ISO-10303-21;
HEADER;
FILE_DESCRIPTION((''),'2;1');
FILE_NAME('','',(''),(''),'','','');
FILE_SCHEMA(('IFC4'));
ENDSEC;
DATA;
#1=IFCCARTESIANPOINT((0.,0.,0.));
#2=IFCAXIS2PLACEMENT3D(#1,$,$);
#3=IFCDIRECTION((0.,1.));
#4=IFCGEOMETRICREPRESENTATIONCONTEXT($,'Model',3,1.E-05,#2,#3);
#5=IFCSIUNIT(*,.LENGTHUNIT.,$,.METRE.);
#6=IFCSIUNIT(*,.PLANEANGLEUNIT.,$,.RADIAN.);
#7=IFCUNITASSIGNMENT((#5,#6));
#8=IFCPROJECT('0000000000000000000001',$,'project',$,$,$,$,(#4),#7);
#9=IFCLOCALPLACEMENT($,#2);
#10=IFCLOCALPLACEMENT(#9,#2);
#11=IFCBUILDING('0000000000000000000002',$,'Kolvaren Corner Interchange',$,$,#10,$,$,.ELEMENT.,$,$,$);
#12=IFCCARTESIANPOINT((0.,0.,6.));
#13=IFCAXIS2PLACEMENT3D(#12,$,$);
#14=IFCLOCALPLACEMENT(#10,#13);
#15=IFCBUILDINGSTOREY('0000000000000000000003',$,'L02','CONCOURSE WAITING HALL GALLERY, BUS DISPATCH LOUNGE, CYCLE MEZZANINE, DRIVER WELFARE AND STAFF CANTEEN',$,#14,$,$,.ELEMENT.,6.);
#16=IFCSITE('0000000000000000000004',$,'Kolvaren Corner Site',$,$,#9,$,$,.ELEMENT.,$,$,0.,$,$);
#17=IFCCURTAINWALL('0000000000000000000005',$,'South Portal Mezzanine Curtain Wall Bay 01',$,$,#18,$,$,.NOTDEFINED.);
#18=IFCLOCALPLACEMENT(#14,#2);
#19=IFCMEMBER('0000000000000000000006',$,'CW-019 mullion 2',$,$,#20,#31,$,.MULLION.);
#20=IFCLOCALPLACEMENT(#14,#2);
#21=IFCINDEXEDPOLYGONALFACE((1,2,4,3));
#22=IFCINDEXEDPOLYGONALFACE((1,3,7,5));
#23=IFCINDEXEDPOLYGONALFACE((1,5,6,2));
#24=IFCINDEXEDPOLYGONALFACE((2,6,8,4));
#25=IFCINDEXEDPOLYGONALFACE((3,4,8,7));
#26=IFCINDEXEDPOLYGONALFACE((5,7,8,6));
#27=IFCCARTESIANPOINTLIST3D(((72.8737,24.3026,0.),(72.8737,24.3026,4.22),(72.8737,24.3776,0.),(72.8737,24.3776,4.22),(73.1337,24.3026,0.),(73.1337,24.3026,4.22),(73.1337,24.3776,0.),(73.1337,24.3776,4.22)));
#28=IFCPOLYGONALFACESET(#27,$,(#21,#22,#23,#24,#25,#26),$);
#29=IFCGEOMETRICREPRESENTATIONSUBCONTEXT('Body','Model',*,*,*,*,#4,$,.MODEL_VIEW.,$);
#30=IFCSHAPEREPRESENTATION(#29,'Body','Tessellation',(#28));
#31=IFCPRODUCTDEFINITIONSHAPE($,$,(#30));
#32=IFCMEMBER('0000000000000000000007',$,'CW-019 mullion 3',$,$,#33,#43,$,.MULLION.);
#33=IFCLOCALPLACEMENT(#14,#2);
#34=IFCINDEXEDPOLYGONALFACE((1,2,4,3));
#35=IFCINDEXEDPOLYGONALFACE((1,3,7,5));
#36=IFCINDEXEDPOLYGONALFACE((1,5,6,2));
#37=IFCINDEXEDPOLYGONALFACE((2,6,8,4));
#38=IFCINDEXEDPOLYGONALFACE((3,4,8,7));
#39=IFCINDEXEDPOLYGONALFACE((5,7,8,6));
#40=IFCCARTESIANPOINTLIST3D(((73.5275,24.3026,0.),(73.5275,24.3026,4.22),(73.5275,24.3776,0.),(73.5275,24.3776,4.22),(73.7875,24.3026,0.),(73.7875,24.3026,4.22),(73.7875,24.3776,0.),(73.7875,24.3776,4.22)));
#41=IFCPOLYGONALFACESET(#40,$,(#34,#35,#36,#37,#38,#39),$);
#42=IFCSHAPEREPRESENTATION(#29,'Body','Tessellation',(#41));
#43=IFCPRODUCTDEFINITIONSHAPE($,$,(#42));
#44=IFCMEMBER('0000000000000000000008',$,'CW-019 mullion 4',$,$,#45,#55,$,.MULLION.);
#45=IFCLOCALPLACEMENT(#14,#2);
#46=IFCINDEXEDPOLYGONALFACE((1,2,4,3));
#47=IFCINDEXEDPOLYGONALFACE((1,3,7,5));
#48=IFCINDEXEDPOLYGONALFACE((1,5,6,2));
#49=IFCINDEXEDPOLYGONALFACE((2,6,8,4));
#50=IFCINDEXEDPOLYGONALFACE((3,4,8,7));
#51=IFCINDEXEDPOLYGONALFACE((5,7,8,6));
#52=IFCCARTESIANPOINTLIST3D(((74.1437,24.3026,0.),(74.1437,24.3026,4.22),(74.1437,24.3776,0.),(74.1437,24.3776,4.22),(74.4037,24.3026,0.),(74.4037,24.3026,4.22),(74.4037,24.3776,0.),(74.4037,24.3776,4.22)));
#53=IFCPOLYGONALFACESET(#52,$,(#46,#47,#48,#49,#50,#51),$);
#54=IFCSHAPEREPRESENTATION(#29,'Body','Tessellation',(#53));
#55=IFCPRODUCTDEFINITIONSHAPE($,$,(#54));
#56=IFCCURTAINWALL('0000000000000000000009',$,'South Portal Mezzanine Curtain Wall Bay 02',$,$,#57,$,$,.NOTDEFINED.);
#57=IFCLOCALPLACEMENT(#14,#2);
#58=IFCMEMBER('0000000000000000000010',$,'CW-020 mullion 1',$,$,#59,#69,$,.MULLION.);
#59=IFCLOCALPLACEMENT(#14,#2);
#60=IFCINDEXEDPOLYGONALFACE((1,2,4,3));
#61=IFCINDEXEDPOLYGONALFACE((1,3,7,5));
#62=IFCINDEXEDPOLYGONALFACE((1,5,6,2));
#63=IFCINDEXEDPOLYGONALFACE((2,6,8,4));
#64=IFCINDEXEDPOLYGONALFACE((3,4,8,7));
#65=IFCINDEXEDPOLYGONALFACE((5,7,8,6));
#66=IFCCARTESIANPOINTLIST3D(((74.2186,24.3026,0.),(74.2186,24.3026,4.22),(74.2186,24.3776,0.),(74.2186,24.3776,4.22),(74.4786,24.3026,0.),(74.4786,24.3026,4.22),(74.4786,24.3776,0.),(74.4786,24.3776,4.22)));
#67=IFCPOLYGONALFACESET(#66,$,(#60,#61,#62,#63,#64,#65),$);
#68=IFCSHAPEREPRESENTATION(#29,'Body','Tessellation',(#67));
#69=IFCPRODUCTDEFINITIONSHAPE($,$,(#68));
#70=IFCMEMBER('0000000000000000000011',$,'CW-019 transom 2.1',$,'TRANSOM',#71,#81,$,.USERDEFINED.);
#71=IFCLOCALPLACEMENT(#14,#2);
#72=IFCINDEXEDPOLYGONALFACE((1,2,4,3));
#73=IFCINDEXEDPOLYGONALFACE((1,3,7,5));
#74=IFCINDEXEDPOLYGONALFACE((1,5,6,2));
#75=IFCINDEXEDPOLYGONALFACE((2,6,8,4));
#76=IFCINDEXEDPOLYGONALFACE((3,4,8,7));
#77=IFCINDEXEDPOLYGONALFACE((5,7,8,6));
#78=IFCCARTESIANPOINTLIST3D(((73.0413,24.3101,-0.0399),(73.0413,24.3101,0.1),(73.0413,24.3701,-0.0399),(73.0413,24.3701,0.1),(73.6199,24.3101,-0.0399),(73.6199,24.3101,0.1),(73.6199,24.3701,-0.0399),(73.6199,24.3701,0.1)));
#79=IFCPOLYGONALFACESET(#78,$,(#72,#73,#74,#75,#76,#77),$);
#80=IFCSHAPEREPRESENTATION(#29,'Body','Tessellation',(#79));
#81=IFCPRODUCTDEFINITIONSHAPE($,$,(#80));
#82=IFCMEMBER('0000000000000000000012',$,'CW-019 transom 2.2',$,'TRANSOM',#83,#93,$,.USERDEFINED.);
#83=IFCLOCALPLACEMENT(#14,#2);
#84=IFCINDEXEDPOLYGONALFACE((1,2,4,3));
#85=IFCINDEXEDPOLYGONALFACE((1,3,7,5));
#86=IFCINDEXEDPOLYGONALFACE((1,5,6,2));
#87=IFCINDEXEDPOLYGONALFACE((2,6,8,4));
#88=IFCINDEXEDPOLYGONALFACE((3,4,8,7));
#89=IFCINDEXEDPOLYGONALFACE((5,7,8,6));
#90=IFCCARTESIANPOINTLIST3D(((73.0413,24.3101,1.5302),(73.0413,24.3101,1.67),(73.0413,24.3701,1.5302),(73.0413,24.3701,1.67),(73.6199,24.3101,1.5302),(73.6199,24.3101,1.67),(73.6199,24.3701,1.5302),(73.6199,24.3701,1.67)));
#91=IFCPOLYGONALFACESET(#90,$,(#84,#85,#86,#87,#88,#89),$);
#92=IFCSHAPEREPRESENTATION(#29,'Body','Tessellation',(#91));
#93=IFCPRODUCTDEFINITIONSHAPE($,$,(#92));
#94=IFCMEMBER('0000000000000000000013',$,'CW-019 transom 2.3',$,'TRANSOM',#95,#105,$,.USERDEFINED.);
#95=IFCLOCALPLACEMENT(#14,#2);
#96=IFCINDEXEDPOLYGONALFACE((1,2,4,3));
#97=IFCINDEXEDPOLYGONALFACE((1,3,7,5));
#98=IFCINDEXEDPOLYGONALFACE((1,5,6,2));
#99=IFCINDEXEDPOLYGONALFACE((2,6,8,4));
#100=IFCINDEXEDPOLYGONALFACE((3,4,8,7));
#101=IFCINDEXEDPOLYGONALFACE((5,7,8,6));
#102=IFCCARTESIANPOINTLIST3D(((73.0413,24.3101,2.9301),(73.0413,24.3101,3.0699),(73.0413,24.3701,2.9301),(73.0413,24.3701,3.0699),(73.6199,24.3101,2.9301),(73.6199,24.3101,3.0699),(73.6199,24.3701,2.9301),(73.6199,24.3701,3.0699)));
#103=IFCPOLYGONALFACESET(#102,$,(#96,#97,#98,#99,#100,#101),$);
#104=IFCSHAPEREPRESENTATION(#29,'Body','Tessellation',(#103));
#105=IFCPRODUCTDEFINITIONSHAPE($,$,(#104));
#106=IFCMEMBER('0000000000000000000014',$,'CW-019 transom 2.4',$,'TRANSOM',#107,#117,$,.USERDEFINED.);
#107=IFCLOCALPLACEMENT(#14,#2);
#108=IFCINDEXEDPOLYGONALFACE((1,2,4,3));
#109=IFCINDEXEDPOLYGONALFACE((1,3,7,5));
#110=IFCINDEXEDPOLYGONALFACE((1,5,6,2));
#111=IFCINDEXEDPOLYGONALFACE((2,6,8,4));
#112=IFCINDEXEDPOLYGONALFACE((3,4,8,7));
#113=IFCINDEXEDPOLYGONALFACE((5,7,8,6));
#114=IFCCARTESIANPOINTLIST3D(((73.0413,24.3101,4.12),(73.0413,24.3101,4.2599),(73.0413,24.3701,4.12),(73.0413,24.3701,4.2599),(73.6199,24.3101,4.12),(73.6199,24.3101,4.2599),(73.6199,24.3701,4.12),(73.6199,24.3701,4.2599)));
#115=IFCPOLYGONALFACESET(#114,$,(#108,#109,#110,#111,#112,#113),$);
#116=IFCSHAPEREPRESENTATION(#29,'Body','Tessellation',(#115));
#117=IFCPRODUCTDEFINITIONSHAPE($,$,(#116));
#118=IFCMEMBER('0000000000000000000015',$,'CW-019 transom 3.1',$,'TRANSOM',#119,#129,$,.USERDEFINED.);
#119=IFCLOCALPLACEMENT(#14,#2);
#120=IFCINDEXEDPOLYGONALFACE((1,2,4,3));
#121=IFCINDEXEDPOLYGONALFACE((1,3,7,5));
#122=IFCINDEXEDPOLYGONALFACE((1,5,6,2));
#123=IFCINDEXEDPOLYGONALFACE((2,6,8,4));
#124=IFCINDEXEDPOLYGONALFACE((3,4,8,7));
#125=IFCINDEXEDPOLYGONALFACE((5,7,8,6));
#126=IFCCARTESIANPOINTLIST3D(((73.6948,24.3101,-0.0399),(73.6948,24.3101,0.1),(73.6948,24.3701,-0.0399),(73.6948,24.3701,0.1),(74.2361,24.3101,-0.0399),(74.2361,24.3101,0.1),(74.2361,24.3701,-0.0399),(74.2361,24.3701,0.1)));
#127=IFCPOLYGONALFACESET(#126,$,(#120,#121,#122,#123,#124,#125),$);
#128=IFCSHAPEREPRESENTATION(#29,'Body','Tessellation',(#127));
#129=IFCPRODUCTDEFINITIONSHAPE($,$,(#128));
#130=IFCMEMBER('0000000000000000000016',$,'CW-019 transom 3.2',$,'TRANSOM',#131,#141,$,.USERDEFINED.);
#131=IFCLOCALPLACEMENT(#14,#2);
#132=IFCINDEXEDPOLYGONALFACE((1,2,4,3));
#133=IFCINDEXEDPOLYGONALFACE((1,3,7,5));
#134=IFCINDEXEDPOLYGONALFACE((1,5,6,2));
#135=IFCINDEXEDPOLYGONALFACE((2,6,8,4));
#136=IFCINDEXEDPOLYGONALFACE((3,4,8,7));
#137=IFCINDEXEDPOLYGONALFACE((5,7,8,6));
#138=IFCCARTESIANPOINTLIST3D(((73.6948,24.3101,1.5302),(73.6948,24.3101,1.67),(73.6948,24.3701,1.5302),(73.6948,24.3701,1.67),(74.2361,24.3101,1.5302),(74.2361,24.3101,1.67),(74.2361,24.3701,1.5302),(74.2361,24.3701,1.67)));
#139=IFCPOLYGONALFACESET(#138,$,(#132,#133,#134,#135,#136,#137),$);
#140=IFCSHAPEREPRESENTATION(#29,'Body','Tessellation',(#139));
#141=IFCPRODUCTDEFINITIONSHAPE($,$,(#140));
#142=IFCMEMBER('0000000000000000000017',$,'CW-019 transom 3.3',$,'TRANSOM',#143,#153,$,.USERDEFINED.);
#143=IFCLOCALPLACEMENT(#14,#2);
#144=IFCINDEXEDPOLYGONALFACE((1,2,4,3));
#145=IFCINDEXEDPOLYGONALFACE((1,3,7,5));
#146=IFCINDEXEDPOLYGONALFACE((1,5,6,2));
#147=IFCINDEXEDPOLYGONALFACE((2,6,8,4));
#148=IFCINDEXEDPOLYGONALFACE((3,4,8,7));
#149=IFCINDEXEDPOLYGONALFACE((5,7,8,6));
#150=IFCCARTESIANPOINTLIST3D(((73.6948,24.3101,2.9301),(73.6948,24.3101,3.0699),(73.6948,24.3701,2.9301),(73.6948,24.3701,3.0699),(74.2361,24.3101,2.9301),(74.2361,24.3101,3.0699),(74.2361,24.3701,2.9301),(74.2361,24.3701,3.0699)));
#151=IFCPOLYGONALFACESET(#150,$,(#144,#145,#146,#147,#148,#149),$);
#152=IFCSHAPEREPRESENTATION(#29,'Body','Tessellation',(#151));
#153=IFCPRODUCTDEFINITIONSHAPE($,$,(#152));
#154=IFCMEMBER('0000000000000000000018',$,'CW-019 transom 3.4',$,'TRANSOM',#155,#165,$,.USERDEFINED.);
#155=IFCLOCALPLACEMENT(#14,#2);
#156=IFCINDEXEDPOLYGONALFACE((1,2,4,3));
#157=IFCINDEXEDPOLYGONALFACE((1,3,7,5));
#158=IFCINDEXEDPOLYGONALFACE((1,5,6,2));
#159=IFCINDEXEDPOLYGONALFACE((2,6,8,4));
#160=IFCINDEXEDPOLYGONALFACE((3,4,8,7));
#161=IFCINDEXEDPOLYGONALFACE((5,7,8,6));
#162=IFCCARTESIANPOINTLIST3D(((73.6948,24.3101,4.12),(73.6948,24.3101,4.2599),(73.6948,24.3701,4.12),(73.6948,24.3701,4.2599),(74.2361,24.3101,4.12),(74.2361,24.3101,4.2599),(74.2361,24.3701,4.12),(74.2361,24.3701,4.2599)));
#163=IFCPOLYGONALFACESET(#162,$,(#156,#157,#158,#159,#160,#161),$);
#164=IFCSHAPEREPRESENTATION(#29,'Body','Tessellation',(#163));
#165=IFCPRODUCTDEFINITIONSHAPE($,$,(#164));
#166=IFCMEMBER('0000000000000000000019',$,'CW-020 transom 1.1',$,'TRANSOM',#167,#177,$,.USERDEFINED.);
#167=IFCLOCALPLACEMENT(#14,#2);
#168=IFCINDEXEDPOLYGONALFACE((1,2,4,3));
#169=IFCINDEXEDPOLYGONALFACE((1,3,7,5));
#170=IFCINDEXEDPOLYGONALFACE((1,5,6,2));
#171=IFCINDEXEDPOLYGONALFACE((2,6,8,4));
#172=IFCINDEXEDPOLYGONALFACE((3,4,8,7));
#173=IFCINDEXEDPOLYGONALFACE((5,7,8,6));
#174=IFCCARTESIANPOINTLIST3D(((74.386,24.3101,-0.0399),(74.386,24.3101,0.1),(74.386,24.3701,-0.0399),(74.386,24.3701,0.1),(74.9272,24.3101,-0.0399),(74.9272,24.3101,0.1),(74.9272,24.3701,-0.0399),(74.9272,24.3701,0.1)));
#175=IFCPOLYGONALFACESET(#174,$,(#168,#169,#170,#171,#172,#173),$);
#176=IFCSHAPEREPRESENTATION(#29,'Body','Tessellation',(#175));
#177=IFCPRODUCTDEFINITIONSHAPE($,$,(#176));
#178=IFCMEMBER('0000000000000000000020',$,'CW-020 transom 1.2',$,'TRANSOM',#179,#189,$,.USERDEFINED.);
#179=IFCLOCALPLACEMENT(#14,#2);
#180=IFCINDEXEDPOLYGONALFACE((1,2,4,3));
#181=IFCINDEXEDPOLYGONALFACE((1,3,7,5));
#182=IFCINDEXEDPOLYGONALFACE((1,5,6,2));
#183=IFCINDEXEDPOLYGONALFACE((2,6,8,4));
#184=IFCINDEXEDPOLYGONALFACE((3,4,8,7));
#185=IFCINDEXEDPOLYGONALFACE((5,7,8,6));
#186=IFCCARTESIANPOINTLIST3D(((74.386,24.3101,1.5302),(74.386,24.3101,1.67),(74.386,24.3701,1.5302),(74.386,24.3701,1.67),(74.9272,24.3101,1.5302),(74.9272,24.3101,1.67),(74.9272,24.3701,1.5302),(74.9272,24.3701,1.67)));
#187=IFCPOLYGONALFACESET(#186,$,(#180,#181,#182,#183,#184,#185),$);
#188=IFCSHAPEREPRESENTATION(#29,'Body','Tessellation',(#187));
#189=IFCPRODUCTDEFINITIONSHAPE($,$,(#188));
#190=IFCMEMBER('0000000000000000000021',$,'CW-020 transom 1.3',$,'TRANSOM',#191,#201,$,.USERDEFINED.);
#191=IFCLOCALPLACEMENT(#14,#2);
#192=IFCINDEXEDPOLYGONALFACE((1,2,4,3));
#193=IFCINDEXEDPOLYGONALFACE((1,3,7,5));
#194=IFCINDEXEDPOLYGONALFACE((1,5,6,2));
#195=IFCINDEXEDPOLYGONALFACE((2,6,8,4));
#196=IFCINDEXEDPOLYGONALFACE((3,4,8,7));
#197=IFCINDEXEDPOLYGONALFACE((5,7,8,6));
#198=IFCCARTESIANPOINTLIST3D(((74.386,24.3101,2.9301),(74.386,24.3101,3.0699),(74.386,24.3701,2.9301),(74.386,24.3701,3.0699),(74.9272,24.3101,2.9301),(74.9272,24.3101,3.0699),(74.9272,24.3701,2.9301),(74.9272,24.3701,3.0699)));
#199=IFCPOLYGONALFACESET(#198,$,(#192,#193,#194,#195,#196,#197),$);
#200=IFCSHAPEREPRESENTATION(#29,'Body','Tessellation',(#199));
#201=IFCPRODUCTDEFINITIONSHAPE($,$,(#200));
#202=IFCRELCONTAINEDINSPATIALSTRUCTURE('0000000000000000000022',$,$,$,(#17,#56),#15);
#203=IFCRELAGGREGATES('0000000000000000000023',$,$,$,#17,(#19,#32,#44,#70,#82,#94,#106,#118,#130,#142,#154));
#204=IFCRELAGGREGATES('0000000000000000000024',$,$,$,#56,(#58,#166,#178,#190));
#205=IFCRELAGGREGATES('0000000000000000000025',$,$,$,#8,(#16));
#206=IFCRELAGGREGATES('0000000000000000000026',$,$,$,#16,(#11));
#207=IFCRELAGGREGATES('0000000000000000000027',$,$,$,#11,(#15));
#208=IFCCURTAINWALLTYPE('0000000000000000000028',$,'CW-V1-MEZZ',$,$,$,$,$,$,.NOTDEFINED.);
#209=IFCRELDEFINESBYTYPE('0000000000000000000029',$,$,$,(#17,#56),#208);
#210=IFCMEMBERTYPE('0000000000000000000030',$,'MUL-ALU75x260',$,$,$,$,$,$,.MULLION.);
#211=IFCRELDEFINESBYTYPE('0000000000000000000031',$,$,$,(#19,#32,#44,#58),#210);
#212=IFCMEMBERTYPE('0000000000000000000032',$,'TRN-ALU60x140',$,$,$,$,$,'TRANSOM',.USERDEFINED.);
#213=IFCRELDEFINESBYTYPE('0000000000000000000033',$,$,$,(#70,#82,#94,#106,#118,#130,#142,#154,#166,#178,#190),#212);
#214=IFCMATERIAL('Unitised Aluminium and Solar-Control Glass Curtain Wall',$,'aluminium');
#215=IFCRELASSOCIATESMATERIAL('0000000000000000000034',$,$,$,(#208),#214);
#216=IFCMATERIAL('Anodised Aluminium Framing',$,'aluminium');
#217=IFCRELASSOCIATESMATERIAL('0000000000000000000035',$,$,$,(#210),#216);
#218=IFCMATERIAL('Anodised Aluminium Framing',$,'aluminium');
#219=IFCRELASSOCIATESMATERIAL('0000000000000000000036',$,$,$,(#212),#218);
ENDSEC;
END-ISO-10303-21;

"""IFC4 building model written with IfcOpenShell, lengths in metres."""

from ifc_helpers import new_model, si_unit, direction, frame, origin, origin_2d, place, context, subcontext, project, spatial, rectangle, extrude, material, material_profile, profile_set, type_object, element, aggregate, save


model = new_model("IFC4")

# Units and contexts
model_context = context("Model", 3, precision=1e-05, world=origin(), true_north=direction((0.0, 1.0)))
body_context = subcontext(model_context, "Body", "Model", "MODEL_VIEW")
ifc_project = project(units=[si_unit("LENGTHUNIT", "METRE"), si_unit("PLANEANGLEUNIT", "RADIAN")], contexts=[model_context])

# Site, building, storey
site_placement = place(None, origin())
site = spatial("IfcSite", under=ifc_project, at=site_placement, Name="Kolvaren Corner Site", CompositionType="ELEMENT", RefElevation=0.0)
building_placement = place(site_placement, origin())
building = spatial("IfcBuilding", under=site, at=building_placement, Name="Kolvaren Corner Interchange", CompositionType="ELEMENT")
storey_placement = place(building_placement, frame((0.0, 0.0, 6.0)))
storey = spatial("IfcBuildingStorey", under=building, at=storey_placement, Name="L02", Description="CONCOURSE WAITING HALL GALLERY, BUS DISPATCH LOUNGE, CYCLE MEZZANINE, DRIVER WELFARE AND STAFF CANTEEN", CompositionType="ELEMENT", Elevation=6.0)

# Curtain wall, members
ifc_material_1 = material(Name="Unitised Aluminium and Solar-Control Glass Curtain Wall", Category="aluminium")
curtain_wall_type = type_object("IfcCurtainWallType", Name="CW-V1-MEZZ", PredefinedType="NOTDEFINED", material=ifc_material_1)
curtain_wall_1_placement = place(storey_placement, origin())
curtain_wall_1 = element("IfcCurtainWall", 1, at=curtain_wall_1_placement, inside=storey, type_object=curtain_wall_type, Name="South Portal Mezzanine Curtain Wall Bay 01", PredefinedType="NOTDEFINED")
ifc_material_2 = material(Name="Anodised Aluminium Framing", Category="aluminium")
ifc_material_profile_1 = material_profile(ifc_material_2, rectangle(XDim=0.075, YDim=0.26, at=origin_2d()), Name="ALU 75x260")
ifc_profile_set_1 = profile_set([ifc_material_profile_1], Name="Anodised Aluminium Framing")
member_type_1 = type_object("IfcMemberType", Name="MUL-ALU75x260", PredefinedType="MULLION", material=ifc_profile_set_1)
member_1_placement = place(storey_placement, frame((73.0037, 24.3401, 0.0), z_axis=(0.0, 0.0, 1.0), x_axis=(0.0, 1.0, 0.0)))
member_1 = element("IfcMember", 2, at=member_1_placement, type_object=member_type_1, Name="CW-019 mullion 2", PredefinedType="MULLION", context=body_context, shape_type="SweptSolid", body=[
    extrude(rectangle(XDim=0.075, YDim=0.26, at=origin_2d()), origin(), (0.0, 0.0, 1.0), 4.22),
])
member_2_placement = place(storey_placement, frame((73.6575, 24.3401, 0.0), z_axis=(0.0, 0.0, 1.0), x_axis=(0.0, 1.0, 0.0)))
member_2 = element("IfcMember", 3, at=member_2_placement, type_object=member_type_1, Name="CW-019 mullion 3", PredefinedType="MULLION", context=body_context, shape_type="SweptSolid", body=[
    extrude(rectangle(XDim=0.075, YDim=0.26, at=origin_2d()), origin(), (0.0, 0.0, 1.0), 4.22),
])
member_3_placement = place(storey_placement, frame((74.2737, 24.3401, 0.0), z_axis=(0.0, 0.0, 1.0), x_axis=(0.0, 1.0, 0.0)))
member_3 = element("IfcMember", 4, at=member_3_placement, type_object=member_type_1, Name="CW-019 mullion 4", PredefinedType="MULLION", context=body_context, shape_type="SweptSolid", body=[
    extrude(rectangle(XDim=0.075, YDim=0.26, at=origin_2d()), origin(), (0.0, 0.0, 1.0), 4.22),
])

# Curtain wall, member
curtain_wall_2_placement = place(storey_placement, origin())
curtain_wall_2 = element("IfcCurtainWall", 5, at=curtain_wall_2_placement, inside=storey, type_object=curtain_wall_type, Name="South Portal Mezzanine Curtain Wall Bay 02", PredefinedType="NOTDEFINED")
member_4_placement = place(storey_placement, frame((74.3486, 24.3401, 0.0), z_axis=(0.0, 0.0, 1.0), x_axis=(0.0, 1.0, 0.0)))
member_4 = element("IfcMember", 6, at=member_4_placement, type_object=member_type_1, Name="CW-020 mullion 1", PredefinedType="MULLION", context=body_context, shape_type="SweptSolid", body=[
    extrude(rectangle(XDim=0.075, YDim=0.26, at=origin_2d()), origin(), (0.0, 0.0, 1.0), 4.22),
])

# Members
ifc_material_3 = material(Name="Anodised Aluminium Framing", Category="aluminium")
ifc_material_profile_2 = material_profile(ifc_material_3, rectangle(XDim=0.0601, YDim=0.1399, at=origin_2d()), Name="ALU 60x140")
ifc_profile_set_2 = profile_set([ifc_material_profile_2], Name="Anodised Aluminium Framing")
member_type_2 = type_object("IfcMemberType", Name="TRN-ALU60x140", ElementType="TRANSOM", PredefinedType="USERDEFINED", material=ifc_profile_set_2)
member_5_placement = place(storey_placement, frame((73.0413, 24.3401, 0.03), z_axis=(1.0, 0.0, 0.0), x_axis=(0.0, 1.0, 0.0)))
member_5 = element("IfcMember", 7, at=member_5_placement, type_object=member_type_2, Name="CW-019 transom 2.1", ObjectType="TRANSOM", PredefinedType="USERDEFINED", context=body_context, shape_type="SweptSolid", body=[
    extrude(rectangle(XDim=0.0601, YDim=0.1399, at=origin_2d()), origin(), (0.0, 0.0, 1.0), 0.5786),
])
member_6_placement = place(storey_placement, frame((73.0413, 24.3401, 1.6001), z_axis=(1.0, 0.0, 0.0), x_axis=(0.0, 1.0, 0.0)))
member_6 = element("IfcMember", 8, at=member_6_placement, type_object=member_type_2, Name="CW-019 transom 2.2", ObjectType="TRANSOM", PredefinedType="USERDEFINED", context=body_context, shape_type="SweptSolid", body=[
    extrude(rectangle(XDim=0.0601, YDim=0.1399, at=origin_2d()), origin(), (0.0, 0.0, 1.0), 0.5786),
])
member_7_placement = place(storey_placement, frame((73.0413, 24.3401, 3.0), z_axis=(1.0, 0.0, 0.0), x_axis=(0.0, 1.0, 0.0)))
member_7 = element("IfcMember", 9, at=member_7_placement, type_object=member_type_2, Name="CW-019 transom 2.3", ObjectType="TRANSOM", PredefinedType="USERDEFINED", context=body_context, shape_type="SweptSolid", body=[
    extrude(rectangle(XDim=0.0601, YDim=0.1399, at=origin_2d()), origin(), (0.0, 0.0, 1.0), 0.5786),
])
member_8_placement = place(storey_placement, frame((73.0413, 24.3401, 4.1899), z_axis=(1.0, 0.0, 0.0), x_axis=(0.0, 1.0, 0.0)))
member_8 = element("IfcMember", 10, at=member_8_placement, type_object=member_type_2, Name="CW-019 transom 2.4", ObjectType="TRANSOM", PredefinedType="USERDEFINED", context=body_context, shape_type="SweptSolid", body=[
    extrude(rectangle(XDim=0.0601, YDim=0.1399, at=origin_2d()), origin(), (0.0, 0.0, 1.0), 0.5786),
])
member_9_placement = place(storey_placement, frame((73.6948, 24.3401, 0.03), z_axis=(1.0, 0.0, 0.0), x_axis=(0.0, 1.0, 0.0)))
member_9 = element("IfcMember", 11, at=member_9_placement, type_object=member_type_2, Name="CW-019 transom 3.1", ObjectType="TRANSOM", PredefinedType="USERDEFINED", context=body_context, shape_type="SweptSolid", body=[
    extrude(rectangle(XDim=0.0601, YDim=0.1399, at=origin_2d()), origin(), (0.0, 0.0, 1.0), 0.5413),
])
member_10_placement = place(storey_placement, frame((73.6948, 24.3401, 1.6001), z_axis=(1.0, 0.0, 0.0), x_axis=(0.0, 1.0, 0.0)))
member_10 = element("IfcMember", 12, at=member_10_placement, type_object=member_type_2, Name="CW-019 transom 3.2", ObjectType="TRANSOM", PredefinedType="USERDEFINED", context=body_context, shape_type="SweptSolid", body=[
    extrude(rectangle(XDim=0.0601, YDim=0.1399, at=origin_2d()), origin(), (0.0, 0.0, 1.0), 0.5413),
])
member_11_placement = place(storey_placement, frame((73.6948, 24.3401, 3.0), z_axis=(1.0, 0.0, 0.0), x_axis=(0.0, 1.0, 0.0)))
member_11 = element("IfcMember", 13, at=member_11_placement, type_object=member_type_2, Name="CW-019 transom 3.3", ObjectType="TRANSOM", PredefinedType="USERDEFINED", context=body_context, shape_type="SweptSolid", body=[
    extrude(rectangle(XDim=0.0601, YDim=0.1399, at=origin_2d()), origin(), (0.0, 0.0, 1.0), 0.5413),
])
member_12_placement = place(storey_placement, frame((73.6948, 24.3401, 4.1899), z_axis=(1.0, 0.0, 0.0), x_axis=(0.0, 1.0, 0.0)))
member_12 = element("IfcMember", 14, at=member_12_placement, type_object=member_type_2, Name="CW-019 transom 3.4", ObjectType="TRANSOM", PredefinedType="USERDEFINED", context=body_context, shape_type="SweptSolid", body=[
    extrude(rectangle(XDim=0.0601, YDim=0.1399, at=origin_2d()), origin(), (0.0, 0.0, 1.0), 0.5413),
])
member_13_placement = place(storey_placement, frame((74.386, 24.3401, 0.03), z_axis=(1.0, 0.0, 0.0), x_axis=(0.0, 1.0, 0.0)))
member_13 = element("IfcMember", 15, at=member_13_placement, type_object=member_type_2, Name="CW-020 transom 1.1", ObjectType="TRANSOM", PredefinedType="USERDEFINED", context=body_context, shape_type="SweptSolid", body=[
    extrude(rectangle(XDim=0.0601, YDim=0.1399, at=origin_2d()), origin(), (0.0, 0.0, 1.0), 0.5413),
])
member_14_placement = place(storey_placement, frame((74.386, 24.3401, 1.6001), z_axis=(1.0, 0.0, 0.0), x_axis=(0.0, 1.0, 0.0)))
member_14 = element("IfcMember", 16, at=member_14_placement, type_object=member_type_2, Name="CW-020 transom 1.2", ObjectType="TRANSOM", PredefinedType="USERDEFINED", context=body_context, shape_type="SweptSolid", body=[
    extrude(rectangle(XDim=0.0601, YDim=0.1399, at=origin_2d()), origin(), (0.0, 0.0, 1.0), 0.5413),
])
member_15_placement = place(storey_placement, frame((74.386, 24.3401, 3.0), z_axis=(1.0, 0.0, 0.0), x_axis=(0.0, 1.0, 0.0)))
member_15 = element("IfcMember", 17, at=member_15_placement, type_object=member_type_2, Name="CW-020 transom 1.3", ObjectType="TRANSOM", PredefinedType="USERDEFINED", context=body_context, shape_type="SweptSolid", body=[
    extrude(rectangle(XDim=0.0601, YDim=0.1399, at=origin_2d()), origin(), (0.0, 0.0, 1.0), 0.5413),
])

aggregate(curtain_wall_1, [member_1, member_2, member_3, member_5, member_6, member_7, member_8, member_9, member_10, member_11, member_12])
aggregate(curtain_wall_2, [member_4, member_13, member_14, member_15])

save(model, "model.ifc")
